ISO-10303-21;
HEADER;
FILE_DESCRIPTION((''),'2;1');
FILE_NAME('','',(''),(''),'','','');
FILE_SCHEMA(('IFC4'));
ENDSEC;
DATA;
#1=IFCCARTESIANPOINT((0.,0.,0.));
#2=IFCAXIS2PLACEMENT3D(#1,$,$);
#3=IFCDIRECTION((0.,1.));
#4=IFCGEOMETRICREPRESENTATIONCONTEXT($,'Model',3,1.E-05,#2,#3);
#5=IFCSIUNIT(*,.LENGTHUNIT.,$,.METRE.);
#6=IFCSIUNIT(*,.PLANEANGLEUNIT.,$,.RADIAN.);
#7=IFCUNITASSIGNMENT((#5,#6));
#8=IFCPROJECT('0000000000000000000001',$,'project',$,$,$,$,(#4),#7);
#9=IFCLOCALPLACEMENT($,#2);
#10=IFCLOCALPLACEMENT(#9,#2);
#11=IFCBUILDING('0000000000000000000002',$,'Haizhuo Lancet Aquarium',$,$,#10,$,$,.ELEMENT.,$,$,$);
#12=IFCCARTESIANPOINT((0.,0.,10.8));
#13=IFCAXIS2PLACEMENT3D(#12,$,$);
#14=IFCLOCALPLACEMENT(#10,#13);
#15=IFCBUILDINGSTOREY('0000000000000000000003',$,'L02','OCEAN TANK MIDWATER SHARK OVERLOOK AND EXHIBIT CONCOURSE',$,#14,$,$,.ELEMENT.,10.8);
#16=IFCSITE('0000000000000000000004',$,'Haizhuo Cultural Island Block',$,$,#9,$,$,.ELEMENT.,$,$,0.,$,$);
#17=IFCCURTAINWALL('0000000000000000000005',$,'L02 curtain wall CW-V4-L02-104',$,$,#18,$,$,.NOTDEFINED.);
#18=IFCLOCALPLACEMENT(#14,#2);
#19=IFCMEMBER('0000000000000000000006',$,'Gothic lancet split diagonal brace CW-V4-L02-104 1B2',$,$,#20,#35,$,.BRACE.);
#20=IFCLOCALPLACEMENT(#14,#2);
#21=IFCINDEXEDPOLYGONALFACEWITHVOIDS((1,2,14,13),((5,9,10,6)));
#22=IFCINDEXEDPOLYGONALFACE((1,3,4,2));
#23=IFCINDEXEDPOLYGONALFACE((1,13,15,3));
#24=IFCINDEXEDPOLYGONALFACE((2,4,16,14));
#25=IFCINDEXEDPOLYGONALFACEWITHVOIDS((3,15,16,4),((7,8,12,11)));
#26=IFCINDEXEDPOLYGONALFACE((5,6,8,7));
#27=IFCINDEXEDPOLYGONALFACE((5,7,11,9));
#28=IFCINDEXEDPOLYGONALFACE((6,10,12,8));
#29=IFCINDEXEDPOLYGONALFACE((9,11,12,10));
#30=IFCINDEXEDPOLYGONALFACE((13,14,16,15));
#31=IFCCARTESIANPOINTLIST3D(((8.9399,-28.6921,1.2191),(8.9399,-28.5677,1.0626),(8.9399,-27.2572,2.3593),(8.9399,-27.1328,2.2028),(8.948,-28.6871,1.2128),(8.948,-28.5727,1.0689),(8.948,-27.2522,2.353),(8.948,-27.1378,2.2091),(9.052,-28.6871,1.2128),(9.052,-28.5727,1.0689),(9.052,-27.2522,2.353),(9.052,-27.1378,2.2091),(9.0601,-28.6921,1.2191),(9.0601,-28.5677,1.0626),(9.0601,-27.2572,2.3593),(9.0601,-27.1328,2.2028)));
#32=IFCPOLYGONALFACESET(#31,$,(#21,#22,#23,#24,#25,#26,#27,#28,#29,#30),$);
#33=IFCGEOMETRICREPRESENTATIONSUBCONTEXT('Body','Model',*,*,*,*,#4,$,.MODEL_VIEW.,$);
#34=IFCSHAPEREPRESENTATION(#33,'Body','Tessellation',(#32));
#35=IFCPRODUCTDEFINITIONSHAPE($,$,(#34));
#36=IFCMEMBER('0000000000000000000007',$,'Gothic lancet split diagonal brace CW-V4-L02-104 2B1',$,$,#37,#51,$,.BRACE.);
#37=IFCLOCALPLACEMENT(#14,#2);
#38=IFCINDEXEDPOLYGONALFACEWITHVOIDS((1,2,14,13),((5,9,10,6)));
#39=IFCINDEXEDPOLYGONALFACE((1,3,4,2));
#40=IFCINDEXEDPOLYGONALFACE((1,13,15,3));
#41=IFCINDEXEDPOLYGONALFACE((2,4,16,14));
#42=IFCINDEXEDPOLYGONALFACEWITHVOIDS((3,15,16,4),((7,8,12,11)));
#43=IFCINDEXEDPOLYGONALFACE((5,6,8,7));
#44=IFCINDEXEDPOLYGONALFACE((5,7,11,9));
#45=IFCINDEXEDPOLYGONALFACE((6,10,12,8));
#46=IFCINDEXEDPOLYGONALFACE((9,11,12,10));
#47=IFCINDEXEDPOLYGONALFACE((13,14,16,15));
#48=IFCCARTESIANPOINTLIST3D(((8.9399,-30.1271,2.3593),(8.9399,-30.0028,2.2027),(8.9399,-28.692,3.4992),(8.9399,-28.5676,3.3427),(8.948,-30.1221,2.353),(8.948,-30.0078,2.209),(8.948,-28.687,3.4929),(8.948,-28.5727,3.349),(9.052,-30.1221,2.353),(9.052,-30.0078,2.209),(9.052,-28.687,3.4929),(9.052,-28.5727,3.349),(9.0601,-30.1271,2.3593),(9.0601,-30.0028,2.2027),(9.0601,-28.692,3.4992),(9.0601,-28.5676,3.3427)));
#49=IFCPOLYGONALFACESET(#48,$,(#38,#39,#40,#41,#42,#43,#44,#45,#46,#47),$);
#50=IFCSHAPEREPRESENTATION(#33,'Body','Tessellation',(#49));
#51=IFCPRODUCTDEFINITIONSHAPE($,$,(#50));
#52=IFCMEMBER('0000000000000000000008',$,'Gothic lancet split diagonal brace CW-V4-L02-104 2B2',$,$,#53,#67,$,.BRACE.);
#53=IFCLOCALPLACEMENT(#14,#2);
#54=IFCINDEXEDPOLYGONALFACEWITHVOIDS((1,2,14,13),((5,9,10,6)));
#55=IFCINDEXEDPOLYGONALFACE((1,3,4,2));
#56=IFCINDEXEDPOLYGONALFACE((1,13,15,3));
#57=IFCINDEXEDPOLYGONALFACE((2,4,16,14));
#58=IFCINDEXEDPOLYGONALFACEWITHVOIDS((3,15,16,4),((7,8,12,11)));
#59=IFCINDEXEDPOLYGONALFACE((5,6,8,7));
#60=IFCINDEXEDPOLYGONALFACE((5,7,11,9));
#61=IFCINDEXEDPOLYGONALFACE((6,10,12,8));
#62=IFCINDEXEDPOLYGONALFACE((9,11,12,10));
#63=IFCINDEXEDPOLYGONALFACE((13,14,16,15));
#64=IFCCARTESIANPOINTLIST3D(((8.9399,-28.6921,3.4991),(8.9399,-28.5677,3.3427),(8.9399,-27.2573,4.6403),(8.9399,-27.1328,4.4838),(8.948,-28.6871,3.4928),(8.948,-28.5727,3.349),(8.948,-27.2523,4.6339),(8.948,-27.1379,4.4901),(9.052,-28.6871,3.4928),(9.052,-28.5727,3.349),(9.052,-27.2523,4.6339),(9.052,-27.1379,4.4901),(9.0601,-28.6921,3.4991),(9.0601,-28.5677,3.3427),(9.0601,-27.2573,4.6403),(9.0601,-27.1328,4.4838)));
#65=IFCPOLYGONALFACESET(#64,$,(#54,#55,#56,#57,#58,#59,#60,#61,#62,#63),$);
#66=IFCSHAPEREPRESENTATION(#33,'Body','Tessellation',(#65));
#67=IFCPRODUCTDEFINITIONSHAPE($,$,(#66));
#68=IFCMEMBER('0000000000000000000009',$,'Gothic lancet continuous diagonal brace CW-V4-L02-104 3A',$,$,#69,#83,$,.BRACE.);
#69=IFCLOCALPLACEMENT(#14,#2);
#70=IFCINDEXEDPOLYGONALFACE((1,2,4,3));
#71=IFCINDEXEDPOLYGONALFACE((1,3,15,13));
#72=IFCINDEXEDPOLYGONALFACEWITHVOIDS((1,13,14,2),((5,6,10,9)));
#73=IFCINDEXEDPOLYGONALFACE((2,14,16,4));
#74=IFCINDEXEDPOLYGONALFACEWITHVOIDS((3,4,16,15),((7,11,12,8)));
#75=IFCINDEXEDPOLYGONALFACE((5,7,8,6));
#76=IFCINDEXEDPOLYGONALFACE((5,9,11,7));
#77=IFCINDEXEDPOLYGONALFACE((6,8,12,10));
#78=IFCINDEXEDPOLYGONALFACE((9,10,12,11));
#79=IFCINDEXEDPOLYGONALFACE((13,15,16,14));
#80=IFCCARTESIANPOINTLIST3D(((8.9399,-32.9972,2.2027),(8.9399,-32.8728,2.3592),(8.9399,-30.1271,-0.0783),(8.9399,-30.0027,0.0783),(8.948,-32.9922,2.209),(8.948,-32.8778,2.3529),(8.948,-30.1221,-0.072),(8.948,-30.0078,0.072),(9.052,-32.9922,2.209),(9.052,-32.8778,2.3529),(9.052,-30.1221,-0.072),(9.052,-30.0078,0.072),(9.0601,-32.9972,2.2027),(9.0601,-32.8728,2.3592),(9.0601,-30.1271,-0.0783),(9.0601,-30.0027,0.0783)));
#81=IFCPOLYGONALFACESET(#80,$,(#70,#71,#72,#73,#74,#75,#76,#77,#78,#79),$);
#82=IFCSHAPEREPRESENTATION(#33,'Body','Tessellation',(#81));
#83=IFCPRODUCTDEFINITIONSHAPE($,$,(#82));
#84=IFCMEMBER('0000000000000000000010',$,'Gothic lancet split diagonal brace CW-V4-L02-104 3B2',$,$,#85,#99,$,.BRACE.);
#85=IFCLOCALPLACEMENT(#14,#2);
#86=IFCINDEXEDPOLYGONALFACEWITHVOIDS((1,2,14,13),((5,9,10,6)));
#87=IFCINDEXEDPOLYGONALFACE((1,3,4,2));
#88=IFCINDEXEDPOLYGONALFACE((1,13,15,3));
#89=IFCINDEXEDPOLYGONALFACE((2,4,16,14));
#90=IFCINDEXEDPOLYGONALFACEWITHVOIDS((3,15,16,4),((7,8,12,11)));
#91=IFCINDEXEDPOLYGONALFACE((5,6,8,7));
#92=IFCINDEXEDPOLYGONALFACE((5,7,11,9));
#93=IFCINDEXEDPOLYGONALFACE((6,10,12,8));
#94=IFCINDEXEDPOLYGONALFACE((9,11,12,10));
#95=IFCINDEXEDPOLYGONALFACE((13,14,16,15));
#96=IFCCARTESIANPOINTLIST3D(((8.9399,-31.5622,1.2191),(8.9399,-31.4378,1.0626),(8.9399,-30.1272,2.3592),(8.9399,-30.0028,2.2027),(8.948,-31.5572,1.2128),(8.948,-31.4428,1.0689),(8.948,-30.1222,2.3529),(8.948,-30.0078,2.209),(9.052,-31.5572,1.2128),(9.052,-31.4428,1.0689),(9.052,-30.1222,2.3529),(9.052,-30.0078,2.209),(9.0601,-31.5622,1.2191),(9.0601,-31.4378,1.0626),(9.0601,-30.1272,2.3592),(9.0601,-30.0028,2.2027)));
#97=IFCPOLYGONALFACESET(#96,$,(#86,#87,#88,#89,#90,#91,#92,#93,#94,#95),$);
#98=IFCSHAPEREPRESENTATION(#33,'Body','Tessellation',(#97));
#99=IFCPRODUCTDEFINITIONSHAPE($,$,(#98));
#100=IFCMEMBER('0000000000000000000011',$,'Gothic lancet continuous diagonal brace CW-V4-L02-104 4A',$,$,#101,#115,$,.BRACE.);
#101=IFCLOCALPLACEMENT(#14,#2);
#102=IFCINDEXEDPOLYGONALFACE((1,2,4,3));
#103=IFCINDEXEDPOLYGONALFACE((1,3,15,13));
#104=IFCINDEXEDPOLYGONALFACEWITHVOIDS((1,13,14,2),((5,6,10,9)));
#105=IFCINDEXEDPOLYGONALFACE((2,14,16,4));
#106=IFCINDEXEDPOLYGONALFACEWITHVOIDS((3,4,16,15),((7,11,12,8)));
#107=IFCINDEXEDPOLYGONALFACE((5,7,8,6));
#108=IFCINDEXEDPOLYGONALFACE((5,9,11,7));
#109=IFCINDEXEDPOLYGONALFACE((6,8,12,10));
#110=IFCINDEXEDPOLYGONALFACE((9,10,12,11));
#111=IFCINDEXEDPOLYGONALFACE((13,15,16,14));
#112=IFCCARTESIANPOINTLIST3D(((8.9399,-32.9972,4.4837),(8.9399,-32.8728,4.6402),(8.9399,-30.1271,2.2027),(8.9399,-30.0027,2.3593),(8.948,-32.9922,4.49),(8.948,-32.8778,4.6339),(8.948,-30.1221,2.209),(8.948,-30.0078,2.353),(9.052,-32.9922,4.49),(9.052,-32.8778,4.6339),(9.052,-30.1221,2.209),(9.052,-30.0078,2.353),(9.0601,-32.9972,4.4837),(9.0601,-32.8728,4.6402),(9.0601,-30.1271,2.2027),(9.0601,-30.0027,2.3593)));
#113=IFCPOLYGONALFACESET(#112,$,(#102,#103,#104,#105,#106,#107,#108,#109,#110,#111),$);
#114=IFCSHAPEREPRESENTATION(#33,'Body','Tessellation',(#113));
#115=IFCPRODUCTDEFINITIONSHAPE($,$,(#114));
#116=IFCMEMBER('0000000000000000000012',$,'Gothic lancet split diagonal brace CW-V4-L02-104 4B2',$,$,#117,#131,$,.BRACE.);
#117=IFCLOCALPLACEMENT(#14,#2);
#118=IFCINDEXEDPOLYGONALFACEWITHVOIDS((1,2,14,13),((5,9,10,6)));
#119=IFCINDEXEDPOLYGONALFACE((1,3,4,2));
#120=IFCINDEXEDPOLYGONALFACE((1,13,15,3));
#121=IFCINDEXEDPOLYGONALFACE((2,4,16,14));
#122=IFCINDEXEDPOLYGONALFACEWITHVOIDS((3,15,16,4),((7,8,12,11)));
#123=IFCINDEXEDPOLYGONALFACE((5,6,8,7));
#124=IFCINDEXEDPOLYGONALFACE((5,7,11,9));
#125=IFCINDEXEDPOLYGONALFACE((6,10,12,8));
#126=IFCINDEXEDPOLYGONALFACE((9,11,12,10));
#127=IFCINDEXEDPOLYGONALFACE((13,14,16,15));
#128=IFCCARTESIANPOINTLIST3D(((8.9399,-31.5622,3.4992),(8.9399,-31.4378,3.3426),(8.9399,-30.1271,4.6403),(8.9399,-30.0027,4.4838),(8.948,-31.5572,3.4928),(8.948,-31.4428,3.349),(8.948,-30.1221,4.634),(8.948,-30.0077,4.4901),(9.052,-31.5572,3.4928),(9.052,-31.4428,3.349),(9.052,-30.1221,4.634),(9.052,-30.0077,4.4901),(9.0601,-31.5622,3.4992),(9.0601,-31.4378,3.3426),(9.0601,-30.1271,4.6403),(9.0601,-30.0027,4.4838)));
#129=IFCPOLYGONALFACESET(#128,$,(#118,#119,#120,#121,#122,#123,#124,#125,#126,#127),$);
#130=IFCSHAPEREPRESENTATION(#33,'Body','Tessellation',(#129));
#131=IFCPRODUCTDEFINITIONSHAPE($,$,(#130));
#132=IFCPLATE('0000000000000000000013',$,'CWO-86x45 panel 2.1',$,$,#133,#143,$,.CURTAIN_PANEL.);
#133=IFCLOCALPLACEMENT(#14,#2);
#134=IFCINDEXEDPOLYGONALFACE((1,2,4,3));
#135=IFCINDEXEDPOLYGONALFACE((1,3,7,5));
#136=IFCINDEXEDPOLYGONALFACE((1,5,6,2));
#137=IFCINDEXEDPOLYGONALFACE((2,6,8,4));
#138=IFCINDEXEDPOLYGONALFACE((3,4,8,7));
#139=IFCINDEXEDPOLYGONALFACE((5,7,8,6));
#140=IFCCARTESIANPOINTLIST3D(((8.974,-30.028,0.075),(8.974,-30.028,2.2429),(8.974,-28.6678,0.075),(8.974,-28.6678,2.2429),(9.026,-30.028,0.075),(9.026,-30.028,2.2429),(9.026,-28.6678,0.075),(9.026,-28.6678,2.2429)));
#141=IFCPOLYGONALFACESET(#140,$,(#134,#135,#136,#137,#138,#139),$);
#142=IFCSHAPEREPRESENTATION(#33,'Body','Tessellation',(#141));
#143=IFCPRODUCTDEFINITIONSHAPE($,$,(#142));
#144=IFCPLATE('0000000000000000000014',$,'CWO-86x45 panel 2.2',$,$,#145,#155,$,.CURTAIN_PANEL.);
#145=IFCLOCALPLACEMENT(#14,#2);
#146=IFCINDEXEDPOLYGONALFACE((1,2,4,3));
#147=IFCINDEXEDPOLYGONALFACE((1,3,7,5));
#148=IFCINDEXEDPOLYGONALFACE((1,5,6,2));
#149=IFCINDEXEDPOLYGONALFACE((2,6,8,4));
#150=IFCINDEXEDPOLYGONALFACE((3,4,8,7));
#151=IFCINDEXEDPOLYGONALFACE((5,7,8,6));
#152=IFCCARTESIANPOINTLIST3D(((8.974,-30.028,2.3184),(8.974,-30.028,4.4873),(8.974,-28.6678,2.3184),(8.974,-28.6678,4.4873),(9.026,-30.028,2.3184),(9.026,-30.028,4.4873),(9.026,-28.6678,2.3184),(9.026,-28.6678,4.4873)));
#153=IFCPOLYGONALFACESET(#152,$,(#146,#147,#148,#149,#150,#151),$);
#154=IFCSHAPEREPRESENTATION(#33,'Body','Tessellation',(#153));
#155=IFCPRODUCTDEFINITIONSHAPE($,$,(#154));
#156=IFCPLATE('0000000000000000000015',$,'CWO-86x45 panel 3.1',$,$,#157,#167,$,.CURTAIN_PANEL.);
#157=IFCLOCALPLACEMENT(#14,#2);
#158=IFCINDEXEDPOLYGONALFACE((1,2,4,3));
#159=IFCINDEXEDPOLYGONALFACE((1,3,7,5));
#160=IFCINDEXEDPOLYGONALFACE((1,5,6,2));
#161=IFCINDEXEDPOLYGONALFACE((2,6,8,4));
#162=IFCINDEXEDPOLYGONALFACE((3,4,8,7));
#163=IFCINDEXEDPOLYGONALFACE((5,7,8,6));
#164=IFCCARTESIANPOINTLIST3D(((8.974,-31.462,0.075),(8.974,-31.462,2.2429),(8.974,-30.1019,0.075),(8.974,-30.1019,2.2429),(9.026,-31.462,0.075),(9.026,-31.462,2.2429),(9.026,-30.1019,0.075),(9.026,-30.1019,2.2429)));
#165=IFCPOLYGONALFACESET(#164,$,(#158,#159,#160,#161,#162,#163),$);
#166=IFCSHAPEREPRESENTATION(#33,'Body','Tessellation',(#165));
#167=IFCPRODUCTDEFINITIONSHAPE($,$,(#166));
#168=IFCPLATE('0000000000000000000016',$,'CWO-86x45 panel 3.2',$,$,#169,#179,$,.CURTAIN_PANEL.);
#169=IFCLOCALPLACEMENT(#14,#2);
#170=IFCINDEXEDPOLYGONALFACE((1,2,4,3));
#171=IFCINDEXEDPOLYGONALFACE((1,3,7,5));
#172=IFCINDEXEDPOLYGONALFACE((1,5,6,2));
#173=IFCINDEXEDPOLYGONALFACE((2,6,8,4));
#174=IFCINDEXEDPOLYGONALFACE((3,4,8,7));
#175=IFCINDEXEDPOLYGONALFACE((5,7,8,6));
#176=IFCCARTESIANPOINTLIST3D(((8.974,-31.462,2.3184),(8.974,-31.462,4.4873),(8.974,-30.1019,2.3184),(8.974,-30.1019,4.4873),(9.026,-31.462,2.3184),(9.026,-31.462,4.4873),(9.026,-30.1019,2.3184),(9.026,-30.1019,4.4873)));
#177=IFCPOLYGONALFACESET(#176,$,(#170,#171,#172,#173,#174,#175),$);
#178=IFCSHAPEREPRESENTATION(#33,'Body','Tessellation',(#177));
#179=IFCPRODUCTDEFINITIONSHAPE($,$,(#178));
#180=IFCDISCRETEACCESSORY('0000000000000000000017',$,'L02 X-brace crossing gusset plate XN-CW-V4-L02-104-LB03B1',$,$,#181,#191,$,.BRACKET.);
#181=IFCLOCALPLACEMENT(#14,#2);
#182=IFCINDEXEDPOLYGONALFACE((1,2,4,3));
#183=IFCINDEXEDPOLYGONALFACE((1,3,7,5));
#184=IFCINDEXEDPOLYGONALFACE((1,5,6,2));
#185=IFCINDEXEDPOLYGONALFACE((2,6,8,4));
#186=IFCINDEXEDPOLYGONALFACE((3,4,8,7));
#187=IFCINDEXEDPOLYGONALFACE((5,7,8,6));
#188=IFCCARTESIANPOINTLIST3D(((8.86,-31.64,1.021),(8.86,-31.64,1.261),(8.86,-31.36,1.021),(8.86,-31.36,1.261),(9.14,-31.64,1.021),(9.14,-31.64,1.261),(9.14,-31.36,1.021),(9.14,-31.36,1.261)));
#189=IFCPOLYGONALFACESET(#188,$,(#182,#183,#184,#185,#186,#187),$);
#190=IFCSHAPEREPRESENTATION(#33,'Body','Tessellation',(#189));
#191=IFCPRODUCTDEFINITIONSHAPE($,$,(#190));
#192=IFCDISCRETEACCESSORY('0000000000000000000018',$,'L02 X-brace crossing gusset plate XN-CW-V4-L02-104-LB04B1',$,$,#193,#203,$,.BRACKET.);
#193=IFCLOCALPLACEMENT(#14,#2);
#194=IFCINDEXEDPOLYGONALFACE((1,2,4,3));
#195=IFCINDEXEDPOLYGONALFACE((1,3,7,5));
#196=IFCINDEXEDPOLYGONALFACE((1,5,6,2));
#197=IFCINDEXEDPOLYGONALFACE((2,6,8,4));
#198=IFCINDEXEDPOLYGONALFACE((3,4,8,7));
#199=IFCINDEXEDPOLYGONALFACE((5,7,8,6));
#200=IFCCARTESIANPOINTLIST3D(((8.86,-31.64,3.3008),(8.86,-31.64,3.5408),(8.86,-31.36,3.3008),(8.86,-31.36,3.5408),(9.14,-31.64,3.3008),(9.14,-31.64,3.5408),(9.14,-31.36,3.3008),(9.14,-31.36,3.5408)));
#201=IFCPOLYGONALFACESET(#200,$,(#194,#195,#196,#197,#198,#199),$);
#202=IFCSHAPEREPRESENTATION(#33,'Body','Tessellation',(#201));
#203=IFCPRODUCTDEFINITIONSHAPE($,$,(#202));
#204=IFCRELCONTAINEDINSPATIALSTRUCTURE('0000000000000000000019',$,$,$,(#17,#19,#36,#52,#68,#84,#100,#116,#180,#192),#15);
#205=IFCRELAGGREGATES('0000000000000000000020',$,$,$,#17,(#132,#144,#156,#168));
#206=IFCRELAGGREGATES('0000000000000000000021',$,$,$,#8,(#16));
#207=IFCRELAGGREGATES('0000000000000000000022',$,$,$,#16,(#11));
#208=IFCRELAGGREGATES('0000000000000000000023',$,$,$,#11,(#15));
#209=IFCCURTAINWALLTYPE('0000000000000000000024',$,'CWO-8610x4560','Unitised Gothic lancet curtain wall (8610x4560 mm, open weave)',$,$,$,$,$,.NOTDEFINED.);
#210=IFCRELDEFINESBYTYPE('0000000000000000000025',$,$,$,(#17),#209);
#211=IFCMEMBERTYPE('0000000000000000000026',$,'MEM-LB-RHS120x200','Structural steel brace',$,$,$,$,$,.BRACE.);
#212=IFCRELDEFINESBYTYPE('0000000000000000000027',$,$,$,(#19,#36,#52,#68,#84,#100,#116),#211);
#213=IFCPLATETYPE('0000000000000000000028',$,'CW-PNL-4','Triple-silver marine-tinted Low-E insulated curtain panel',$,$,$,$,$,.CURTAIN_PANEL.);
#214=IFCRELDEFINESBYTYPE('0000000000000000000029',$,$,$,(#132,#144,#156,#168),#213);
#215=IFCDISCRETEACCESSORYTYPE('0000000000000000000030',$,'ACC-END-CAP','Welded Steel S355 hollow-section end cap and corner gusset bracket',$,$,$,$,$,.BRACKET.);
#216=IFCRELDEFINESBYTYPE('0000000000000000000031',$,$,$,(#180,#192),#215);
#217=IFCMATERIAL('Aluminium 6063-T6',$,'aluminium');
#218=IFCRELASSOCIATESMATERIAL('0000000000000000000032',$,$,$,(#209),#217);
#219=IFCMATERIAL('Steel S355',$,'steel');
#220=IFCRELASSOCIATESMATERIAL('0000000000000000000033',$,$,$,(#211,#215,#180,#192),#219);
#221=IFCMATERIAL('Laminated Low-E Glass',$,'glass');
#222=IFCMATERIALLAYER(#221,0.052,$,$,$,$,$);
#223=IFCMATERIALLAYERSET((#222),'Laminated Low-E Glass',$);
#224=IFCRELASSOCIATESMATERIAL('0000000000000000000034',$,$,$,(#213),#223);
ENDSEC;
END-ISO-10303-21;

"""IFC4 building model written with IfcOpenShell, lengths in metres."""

from ifc_helpers import new_model, si_unit, direction, frame, origin, origin_2d, place, context, subcontext, project, spatial, rectangle, hollow_rectangle, extrude, material, layer, layer_set, material_profile, profile_set, type_object, element, aggregate, save


model = new_model("IFC4")

# Units and contexts
model_context = context("Model", 3, precision=1e-05, world=origin(), true_north=direction((0.0, 1.0)))
body_context = subcontext(model_context, "Body", "Model", "MODEL_VIEW")
ifc_project = project(units=[si_unit("LENGTHUNIT", "METRE"), si_unit("PLANEANGLEUNIT", "RADIAN")], contexts=[model_context])

# Site, building, storey
site_placement = place(None, origin())
site = spatial("IfcSite", under=ifc_project, at=site_placement, Name="Haizhuo Cultural Island Block", CompositionType="ELEMENT", RefElevation=0.0)
building_placement = place(site_placement, origin())
building = spatial("IfcBuilding", under=site, at=building_placement, Name="Haizhuo Lancet Aquarium", CompositionType="ELEMENT")
storey_placement = place(building_placement, frame((0.0, 0.0, 10.8)))
storey = spatial("IfcBuildingStorey", under=building, at=storey_placement, Name="L02", Description="OCEAN TANK MIDWATER SHARK OVERLOOK AND EXHIBIT CONCOURSE", CompositionType="ELEMENT", Elevation=10.8)

# Curtain wall
ifc_material_1 = material(Name="Aluminium 6063-T6", Category="aluminium")
curtain_wall_type = type_object("IfcCurtainWallType", Name="CWO-8610x4560", Description="Unitised Gothic lancet curtain wall (8610x4560 mm, open weave)", PredefinedType="NOTDEFINED", material=ifc_material_1)
curtain_wall_placement = place(storey_placement, origin())
curtain_wall = element("IfcCurtainWall", 1, at=curtain_wall_placement, inside=storey, type_object=curtain_wall_type, Name="L02 curtain wall CW-V4-L02-104", PredefinedType="NOTDEFINED")

# Members
ifc_material_2 = material(Name="Steel S355", Category="steel")
ifc_material_profile_1 = material_profile(ifc_material_2, hollow_rectangle(XDim=0.1201, YDim=0.2, WallThickness=0.0081, at=origin_2d()), Name="RHS 120x200x8")
ifc_profile_set_1 = profile_set([ifc_material_profile_1], Name="Steel S355")
member_type_1 = type_object("IfcMemberType", Name="MEM-LB-RHS120x200", Description="Structural steel brace", PredefinedType="BRACE", material=ifc_profile_set_1)
for number, where, z_axis, x_axis, name in (
    (2, (9.0, -28.6299, 1.1409), (0.0, 0.782918, 0.622125), (-1.0, 0.0, 0.0), "Gothic lancet split diagonal brace CW-V4-L02-104 1B2"),
    (3, (9.0, -30.0649, 2.281), (0.0, 0.783035, 0.621978), (-1.0, 0.0, 0.0), "Gothic lancet split diagonal brace CW-V4-L02-104 2B1"),
):
    element("IfcMember", number, at=place(storey_placement, frame(where, z_axis=z_axis, x_axis=x_axis)), inside=storey, type_object=member_type_1, Name=name, PredefinedType="BRACE", context=body_context, shape_type="SweptSolid", body=[
        extrude(hollow_rectangle(XDim=0.1201, YDim=0.2, WallThickness=0.0081, at=origin_2d()), origin(), (0.0, 0.0, 1.0), 1.8328),
    ])
member_1_placement = place(storey_placement, frame((9.0, -28.6299, 3.4209), z_axis=(0.0, 0.782659, 0.622451), x_axis=(-1.0, 0.0, 0.0)))
element("IfcMember", 4, at=member_1_placement, inside=storey, type_object=member_type_1, Name="Gothic lancet split diagonal brace CW-V4-L02-104 2B2", PredefinedType="BRACE", context=body_context, shape_type="SweptSolid", body=[
    extrude(hollow_rectangle(XDim=0.1201, YDim=0.2, WallThickness=0.0081, at=origin_2d()), origin(), (0.0, 0.0, 1.0), 1.8333),
])
member_2_placement = place(storey_placement, frame((9.0, -30.0649, 0.0), z_axis=(0.0, -0.782872, 0.622182), x_axis=(1.0, 0.0, 0.0)))
element("IfcMember", 5, at=member_2_placement, inside=storey, type_object=member_type_1, Name="Gothic lancet continuous diagonal brace CW-V4-L02-104 3A", PredefinedType="BRACE", context=body_context, shape_type="SweptSolid", body=[
    extrude(hollow_rectangle(XDim=0.1201, YDim=0.2, WallThickness=0.0081, at=origin_2d()), origin(), (0.0, 0.0, 1.0), 3.666),
])
member_3_placement = place(storey_placement, frame((9.0, -31.5, 1.1409), z_axis=(0.0, 0.78297, 0.62206), x_axis=(-1.0, 0.0, 0.0)))
element("IfcMember", 6, at=member_3_placement, inside=storey, type_object=member_type_1, Name="Gothic lancet split diagonal brace CW-V4-L02-104 3B2", PredefinedType="BRACE", context=body_context, shape_type="SweptSolid", body=[
    extrude(hollow_rectangle(XDim=0.1201, YDim=0.2, WallThickness=0.0081, at=origin_2d()), origin(), (0.0, 0.0, 1.0), 1.8328),
])
member_4_placement = place(storey_placement, frame((9.0, -30.0649, 2.281), z_axis=(0.0, -0.782872, 0.622182), x_axis=(1.0, 0.0, 0.0)))
element("IfcMember", 7, at=member_4_placement, inside=storey, type_object=member_type_1, Name="Gothic lancet continuous diagonal brace CW-V4-L02-104 4A", PredefinedType="BRACE", context=body_context, shape_type="SweptSolid", body=[
    extrude(hollow_rectangle(XDim=0.1201, YDim=0.2, WallThickness=0.0081, at=origin_2d()), origin(), (0.0, 0.0, 1.0), 3.666),
])
member_5_placement = place(storey_placement, frame((9.0, -31.5, 3.4209), z_axis=(0.0, 0.78271, 0.622386), x_axis=(-1.0, 0.0, 0.0)))
element("IfcMember", 8, at=member_5_placement, inside=storey, type_object=member_type_1, Name="Gothic lancet split diagonal brace CW-V4-L02-104 4B2", PredefinedType="BRACE", context=body_context, shape_type="SweptSolid", body=[
    extrude(hollow_rectangle(XDim=0.1201, YDim=0.2, WallThickness=0.0081, at=origin_2d()), origin(), (0.0, 0.0, 1.0), 1.8335),
])

# Plates
ifc_material_3 = material(Name="Laminated Low-E Glass", Category="glass")
ifc_layer = layer(ifc_material_3, 0.052)
ifc_layer_set = layer_set([ifc_layer], Name="Laminated Low-E Glass")
plate_type = type_object("IfcPlateType", Name="CW-PNL-4", Description="Triple-silver marine-tinted Low-E insulated curtain panel", PredefinedType="CURTAIN_PANEL", material=ifc_layer_set)
plate_1_placement = place(storey_placement, frame((9.0, -29.3479, 0.075), z_axis=(0.0, 0.0, 1.0), x_axis=(0.0, -1.0, 0.0)))
plate_1 = element("IfcPlate", 9, at=plate_1_placement, type_object=plate_type, Name="CWO-86x45 panel 2.1", PredefinedType="CURTAIN_PANEL", context=body_context, shape_type="SweptSolid", body=[
    extrude(rectangle(XDim=1.3601, YDim=0.052, at=origin_2d()), origin(), (0.0, 0.0, 1.0), 2.168),
])
plate_2_placement = place(storey_placement, frame((9.0, -29.3479, 2.3184), z_axis=(0.0, 0.0, 1.0), x_axis=(0.0, -1.0, 0.0)))
plate_2 = element("IfcPlate", 10, at=plate_2_placement, type_object=plate_type, Name="CWO-86x45 panel 2.2", PredefinedType="CURTAIN_PANEL", context=body_context, shape_type="SweptSolid", body=[
    extrude(rectangle(XDim=1.3601, YDim=0.052, at=origin_2d()), origin(), (0.0, 0.0, 1.0), 2.1689),
])
plate_3_placement = place(storey_placement, frame((9.0, -30.782, 0.075), z_axis=(0.0, 0.0, 1.0), x_axis=(0.0, -1.0, 0.0)))
plate_3 = element("IfcPlate", 11, at=plate_3_placement, type_object=plate_type, Name="CWO-86x45 panel 3.1", PredefinedType="CURTAIN_PANEL", context=body_context, shape_type="SweptSolid", body=[
    extrude(rectangle(XDim=1.3601, YDim=0.052, at=origin_2d()), origin(), (0.0, 0.0, 1.0), 2.168),
])
plate_4_placement = place(storey_placement, frame((9.0, -30.782, 2.3184), z_axis=(0.0, 0.0, 1.0), x_axis=(0.0, -1.0, 0.0)))
plate_4 = element("IfcPlate", 12, at=plate_4_placement, type_object=plate_type, Name="CWO-86x45 panel 3.2", PredefinedType="CURTAIN_PANEL", context=body_context, shape_type="SweptSolid", body=[
    extrude(rectangle(XDim=1.3601, YDim=0.052, at=origin_2d()), origin(), (0.0, 0.0, 1.0), 2.1689),
])
aggregate(curtain_wall, [plate_1, plate_2, plate_3, plate_4])

# Discrete accessories
discrete_accessory_type = type_object("IfcDiscreteAccessoryType", Name="ACC-END-CAP", Description="Welded Steel S355 hollow-section end cap and corner gusset bracket", PredefinedType="BRACKET", material=ifc_material_2)
for number, where, z_axis, x_axis, name in (
    (13, (9.0, -31.5, 1.021), (0.0, 0.0, 1.0), (1.0, 0.0, 0.0), "L02 X-brace crossing gusset plate XN-CW-V4-L02-104-LB03B1"),
    (14, (9.0, -31.5, 3.3008), (0.0, 0.0, 1.0), (1.0, 0.0, 0.0), "L02 X-brace crossing gusset plate XN-CW-V4-L02-104-LB04B1"),
):
    element("IfcDiscreteAccessory", number, at=place(storey_placement, frame(where, z_axis=z_axis, x_axis=x_axis)), inside=storey, type_object=discrete_accessory_type, material=ifc_material_2, Name=name, PredefinedType="BRACKET", context=body_context, shape_type="SweptSolid", body=[
        extrude(rectangle(XDim=0.28, YDim=0.28, at=origin_2d()), origin(), (0.0, 0.0, 1.0), 0.24),
    ])

save(model, "model.ifc")
